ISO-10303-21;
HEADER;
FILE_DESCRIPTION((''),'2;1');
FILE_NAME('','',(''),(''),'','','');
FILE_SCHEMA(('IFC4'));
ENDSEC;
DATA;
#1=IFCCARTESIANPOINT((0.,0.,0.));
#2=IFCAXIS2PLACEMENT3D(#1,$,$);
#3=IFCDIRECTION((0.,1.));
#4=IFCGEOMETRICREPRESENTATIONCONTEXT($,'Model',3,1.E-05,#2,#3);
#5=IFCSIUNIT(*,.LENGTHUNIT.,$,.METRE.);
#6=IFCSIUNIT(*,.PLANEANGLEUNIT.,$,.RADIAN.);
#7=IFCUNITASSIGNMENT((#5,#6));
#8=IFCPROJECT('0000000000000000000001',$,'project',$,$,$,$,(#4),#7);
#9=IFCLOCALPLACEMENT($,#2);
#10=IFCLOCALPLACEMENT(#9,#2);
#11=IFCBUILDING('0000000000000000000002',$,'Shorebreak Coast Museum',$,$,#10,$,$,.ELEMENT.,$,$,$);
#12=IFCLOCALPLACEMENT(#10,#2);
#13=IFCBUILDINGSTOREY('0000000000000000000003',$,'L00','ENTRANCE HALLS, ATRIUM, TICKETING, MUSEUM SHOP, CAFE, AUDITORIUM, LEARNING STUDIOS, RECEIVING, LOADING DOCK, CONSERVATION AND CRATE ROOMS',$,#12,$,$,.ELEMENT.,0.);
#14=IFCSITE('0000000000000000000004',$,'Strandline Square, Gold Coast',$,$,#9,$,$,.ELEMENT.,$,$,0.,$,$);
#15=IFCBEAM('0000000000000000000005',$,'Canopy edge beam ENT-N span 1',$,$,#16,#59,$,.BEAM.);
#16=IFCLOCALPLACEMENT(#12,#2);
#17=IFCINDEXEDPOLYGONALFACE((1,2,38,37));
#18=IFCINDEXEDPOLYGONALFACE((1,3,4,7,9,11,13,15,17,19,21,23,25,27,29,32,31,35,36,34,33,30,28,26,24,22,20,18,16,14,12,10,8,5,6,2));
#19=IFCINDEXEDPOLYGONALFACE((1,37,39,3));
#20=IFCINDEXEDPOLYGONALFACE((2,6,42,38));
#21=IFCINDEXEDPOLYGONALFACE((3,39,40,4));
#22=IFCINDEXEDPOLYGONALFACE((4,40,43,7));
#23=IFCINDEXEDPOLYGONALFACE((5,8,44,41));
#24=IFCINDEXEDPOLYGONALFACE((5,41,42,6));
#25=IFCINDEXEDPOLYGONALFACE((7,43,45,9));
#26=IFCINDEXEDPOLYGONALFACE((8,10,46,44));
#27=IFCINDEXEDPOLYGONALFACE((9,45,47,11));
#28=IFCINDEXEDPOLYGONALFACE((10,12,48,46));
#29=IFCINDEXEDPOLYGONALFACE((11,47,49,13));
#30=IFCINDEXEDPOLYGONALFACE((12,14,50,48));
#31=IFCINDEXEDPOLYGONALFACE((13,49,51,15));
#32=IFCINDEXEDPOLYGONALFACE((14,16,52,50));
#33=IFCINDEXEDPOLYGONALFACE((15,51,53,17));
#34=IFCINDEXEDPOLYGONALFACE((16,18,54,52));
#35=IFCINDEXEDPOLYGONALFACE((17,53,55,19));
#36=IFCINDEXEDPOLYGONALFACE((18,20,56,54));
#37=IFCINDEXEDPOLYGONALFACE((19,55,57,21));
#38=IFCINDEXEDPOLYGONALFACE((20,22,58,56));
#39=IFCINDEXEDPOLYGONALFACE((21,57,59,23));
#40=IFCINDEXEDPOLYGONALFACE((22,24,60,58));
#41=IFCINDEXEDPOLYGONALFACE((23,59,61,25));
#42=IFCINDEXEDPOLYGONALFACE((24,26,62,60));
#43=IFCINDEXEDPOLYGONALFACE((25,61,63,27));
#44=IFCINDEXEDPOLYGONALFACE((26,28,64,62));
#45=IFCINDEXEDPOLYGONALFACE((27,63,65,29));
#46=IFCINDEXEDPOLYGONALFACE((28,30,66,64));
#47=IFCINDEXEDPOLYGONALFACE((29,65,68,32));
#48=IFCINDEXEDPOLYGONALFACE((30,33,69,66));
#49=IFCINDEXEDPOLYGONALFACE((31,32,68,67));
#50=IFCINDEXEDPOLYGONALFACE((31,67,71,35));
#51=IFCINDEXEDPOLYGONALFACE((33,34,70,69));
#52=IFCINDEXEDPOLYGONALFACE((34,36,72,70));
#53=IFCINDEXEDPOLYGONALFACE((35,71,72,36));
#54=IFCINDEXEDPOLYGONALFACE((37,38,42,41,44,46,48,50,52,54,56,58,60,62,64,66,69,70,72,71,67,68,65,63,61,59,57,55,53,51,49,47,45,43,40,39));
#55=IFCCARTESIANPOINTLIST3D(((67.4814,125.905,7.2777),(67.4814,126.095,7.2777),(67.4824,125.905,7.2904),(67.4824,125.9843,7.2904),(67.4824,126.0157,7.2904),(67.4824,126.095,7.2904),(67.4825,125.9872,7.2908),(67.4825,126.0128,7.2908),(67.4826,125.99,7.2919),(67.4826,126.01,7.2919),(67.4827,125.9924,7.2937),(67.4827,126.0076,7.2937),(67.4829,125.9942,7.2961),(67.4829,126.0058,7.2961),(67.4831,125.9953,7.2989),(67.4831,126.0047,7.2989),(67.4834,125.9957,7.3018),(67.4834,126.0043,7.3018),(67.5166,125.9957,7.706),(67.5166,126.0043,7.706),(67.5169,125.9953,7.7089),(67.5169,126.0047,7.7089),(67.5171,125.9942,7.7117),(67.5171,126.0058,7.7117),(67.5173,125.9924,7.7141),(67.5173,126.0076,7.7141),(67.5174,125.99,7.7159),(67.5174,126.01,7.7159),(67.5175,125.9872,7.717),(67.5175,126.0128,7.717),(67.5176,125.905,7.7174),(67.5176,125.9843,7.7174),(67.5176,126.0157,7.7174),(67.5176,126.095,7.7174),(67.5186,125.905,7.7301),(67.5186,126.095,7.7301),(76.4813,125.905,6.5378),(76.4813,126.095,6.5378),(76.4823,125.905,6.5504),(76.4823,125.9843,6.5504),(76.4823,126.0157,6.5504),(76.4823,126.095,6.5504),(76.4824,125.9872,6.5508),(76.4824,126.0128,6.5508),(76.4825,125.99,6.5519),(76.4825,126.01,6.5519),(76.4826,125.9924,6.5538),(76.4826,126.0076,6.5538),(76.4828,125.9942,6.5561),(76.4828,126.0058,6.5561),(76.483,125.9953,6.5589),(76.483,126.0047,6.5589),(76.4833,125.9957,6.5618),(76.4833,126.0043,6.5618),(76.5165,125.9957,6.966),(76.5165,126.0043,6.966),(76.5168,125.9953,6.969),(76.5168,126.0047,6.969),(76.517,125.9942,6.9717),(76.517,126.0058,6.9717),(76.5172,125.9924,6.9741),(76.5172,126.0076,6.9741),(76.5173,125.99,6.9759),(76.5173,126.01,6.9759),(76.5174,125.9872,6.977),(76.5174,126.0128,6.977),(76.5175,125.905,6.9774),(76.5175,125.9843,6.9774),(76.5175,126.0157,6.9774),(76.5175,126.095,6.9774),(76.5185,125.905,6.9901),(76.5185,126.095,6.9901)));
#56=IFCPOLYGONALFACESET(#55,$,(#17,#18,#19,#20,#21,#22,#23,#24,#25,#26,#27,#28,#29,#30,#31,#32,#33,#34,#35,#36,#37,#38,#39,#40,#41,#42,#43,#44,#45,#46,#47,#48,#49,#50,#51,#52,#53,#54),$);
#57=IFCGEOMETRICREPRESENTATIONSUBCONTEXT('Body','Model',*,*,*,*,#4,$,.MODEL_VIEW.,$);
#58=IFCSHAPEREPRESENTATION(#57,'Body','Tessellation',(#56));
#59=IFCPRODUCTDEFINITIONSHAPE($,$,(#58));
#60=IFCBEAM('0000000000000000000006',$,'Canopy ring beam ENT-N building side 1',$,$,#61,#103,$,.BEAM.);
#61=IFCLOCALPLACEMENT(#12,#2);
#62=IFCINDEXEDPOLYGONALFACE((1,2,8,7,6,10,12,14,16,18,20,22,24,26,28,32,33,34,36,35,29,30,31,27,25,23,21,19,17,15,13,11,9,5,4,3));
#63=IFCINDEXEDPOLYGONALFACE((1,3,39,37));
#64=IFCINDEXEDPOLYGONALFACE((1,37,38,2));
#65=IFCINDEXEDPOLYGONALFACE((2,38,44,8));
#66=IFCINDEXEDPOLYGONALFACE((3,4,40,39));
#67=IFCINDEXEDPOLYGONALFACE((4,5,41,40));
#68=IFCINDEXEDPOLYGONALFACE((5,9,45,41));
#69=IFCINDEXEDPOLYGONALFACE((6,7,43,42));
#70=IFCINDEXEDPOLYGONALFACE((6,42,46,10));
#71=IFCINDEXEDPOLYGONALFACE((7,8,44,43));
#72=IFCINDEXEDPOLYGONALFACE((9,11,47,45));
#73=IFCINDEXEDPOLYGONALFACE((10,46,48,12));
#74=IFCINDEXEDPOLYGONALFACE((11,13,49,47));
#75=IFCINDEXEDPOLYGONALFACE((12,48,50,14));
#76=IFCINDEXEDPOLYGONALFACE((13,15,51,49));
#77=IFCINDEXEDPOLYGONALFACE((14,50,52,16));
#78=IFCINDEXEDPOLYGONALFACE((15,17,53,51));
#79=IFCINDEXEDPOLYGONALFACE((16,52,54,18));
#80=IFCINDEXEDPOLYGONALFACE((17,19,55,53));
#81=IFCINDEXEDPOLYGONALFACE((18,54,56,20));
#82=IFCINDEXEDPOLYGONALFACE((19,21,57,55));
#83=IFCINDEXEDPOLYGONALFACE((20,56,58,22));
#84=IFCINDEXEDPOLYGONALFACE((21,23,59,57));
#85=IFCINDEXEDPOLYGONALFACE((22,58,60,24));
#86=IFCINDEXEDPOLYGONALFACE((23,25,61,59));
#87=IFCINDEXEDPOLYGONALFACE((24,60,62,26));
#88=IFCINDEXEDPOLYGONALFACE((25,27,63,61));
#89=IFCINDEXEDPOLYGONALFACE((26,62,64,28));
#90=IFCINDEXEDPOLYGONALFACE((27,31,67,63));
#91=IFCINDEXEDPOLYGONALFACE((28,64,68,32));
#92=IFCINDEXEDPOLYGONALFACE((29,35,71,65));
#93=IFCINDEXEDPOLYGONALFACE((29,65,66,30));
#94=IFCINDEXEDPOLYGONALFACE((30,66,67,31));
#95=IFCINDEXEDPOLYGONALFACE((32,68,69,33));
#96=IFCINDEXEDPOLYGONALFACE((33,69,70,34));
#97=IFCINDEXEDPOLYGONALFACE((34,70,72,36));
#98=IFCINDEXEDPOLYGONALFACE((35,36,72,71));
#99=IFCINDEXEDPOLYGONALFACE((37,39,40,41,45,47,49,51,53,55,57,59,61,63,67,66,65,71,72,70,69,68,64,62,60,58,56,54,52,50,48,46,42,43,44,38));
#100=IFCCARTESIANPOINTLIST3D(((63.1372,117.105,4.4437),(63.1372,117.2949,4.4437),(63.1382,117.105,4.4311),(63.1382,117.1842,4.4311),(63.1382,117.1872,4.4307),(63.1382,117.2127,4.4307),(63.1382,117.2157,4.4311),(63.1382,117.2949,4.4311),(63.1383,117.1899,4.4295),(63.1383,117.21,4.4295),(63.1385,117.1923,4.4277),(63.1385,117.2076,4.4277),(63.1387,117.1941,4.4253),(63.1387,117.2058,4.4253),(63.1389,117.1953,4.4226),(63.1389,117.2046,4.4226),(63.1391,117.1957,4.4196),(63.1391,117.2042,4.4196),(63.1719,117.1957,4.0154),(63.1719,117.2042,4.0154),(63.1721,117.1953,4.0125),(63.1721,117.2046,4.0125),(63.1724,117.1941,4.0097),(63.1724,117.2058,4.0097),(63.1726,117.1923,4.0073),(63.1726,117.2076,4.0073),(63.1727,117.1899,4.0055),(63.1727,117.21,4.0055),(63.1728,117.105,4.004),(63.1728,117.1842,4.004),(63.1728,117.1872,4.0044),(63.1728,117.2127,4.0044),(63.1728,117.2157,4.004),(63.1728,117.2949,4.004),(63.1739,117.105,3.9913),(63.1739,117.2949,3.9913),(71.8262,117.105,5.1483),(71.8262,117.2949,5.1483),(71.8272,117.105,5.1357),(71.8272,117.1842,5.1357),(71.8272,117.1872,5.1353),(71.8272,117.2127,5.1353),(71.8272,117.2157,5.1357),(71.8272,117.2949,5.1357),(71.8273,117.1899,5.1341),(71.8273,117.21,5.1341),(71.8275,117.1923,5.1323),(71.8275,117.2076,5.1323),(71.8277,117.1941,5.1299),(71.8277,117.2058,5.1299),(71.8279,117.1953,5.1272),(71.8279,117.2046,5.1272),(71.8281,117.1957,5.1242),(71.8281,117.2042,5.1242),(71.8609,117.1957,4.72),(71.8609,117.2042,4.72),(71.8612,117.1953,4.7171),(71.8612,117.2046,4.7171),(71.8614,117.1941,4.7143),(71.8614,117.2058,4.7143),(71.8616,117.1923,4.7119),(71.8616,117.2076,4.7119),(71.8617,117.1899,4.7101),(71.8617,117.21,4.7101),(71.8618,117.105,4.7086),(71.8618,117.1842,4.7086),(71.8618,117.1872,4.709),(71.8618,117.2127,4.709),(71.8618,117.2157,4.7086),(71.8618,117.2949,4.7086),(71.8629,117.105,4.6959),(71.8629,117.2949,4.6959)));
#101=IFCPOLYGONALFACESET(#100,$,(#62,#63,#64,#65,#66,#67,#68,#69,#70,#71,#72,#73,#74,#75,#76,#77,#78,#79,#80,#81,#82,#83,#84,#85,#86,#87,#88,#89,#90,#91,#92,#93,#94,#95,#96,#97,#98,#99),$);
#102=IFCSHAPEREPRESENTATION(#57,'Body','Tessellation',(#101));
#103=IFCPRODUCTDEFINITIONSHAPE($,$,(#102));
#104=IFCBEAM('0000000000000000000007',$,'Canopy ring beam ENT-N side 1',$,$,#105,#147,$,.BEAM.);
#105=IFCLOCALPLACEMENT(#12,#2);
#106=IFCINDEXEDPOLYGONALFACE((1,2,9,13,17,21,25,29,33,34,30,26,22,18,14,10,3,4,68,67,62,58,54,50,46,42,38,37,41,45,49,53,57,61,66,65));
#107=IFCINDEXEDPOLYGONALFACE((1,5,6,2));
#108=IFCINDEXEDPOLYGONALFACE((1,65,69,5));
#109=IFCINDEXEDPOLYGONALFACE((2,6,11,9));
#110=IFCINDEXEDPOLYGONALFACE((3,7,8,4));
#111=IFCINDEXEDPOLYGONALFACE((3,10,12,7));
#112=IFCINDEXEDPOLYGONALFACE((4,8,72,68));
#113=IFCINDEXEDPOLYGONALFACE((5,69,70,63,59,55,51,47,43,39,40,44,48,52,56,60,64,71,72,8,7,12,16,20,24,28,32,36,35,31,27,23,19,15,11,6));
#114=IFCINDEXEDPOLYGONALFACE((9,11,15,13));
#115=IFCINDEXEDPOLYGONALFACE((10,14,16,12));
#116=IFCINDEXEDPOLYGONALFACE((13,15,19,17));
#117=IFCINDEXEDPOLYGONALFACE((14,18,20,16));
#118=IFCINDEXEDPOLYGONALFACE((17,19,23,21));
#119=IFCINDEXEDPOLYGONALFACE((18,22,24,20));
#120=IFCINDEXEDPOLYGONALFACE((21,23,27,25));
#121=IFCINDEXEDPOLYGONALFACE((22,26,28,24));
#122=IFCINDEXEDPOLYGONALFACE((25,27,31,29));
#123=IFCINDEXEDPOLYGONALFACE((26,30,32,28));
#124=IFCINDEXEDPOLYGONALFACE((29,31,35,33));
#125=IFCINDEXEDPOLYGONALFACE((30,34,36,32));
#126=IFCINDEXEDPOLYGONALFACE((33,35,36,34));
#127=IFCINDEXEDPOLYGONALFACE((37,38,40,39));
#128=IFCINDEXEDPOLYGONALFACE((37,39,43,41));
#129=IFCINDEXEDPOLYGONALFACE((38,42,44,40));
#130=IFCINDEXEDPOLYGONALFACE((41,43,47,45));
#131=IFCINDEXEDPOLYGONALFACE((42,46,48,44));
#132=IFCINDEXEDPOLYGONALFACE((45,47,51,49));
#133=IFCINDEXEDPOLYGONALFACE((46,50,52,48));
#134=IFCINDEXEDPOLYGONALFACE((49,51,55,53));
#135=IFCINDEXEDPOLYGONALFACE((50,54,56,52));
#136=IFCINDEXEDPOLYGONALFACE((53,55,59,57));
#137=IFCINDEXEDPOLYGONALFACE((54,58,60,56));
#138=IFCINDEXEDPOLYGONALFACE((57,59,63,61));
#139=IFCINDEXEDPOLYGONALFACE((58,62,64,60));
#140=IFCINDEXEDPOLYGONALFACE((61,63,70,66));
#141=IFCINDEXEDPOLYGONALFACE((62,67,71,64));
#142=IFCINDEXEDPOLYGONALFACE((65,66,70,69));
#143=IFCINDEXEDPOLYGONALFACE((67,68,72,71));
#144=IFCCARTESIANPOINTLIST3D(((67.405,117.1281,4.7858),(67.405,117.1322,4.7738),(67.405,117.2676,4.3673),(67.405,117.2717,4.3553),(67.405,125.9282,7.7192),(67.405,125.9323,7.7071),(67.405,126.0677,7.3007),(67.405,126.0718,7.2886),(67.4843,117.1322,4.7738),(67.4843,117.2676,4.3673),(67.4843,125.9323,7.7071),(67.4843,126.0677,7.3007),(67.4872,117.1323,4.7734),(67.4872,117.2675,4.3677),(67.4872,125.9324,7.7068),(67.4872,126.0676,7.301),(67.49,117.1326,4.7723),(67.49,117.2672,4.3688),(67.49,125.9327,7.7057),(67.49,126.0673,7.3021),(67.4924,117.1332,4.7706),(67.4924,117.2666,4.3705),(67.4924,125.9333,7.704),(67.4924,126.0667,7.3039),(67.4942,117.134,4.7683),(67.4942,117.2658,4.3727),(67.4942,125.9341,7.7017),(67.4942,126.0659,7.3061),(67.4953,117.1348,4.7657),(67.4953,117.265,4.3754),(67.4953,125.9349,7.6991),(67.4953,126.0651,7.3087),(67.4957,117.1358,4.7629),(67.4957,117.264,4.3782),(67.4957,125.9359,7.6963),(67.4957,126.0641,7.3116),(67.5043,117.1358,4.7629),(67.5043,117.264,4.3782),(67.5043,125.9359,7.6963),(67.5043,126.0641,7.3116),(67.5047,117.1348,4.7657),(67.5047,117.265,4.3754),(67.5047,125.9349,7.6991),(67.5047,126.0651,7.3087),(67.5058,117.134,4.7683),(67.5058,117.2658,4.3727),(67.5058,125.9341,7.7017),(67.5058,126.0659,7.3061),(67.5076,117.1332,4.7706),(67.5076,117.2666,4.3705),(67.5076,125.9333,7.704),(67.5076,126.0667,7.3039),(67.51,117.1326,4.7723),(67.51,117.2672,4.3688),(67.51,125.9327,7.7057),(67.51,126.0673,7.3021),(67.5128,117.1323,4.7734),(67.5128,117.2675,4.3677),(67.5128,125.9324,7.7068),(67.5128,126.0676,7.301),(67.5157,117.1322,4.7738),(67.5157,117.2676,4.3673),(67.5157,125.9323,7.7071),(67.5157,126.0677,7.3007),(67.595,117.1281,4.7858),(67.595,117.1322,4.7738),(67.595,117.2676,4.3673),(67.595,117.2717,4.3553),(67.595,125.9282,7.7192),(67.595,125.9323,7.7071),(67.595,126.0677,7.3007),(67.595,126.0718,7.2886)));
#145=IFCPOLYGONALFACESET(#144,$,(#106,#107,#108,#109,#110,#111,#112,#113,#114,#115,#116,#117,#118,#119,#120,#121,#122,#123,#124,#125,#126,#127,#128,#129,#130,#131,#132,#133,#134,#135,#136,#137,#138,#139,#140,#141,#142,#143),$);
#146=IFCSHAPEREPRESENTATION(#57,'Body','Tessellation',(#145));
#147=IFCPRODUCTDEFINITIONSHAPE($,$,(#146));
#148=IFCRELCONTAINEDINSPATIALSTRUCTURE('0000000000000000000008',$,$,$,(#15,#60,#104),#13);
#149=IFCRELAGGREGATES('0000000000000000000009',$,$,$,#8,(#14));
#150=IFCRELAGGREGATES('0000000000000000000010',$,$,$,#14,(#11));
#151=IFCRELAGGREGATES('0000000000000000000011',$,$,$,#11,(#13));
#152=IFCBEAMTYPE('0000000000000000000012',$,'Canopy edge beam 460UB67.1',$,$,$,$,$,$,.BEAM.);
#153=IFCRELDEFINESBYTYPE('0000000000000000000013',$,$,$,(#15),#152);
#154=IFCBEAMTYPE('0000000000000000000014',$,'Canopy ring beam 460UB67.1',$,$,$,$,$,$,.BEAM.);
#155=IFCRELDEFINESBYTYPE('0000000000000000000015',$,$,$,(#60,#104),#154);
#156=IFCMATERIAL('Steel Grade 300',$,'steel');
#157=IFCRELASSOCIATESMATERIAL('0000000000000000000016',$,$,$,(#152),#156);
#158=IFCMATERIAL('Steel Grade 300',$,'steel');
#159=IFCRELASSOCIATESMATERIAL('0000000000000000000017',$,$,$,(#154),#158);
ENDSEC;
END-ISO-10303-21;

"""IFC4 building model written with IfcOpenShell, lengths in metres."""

from ifc_helpers import new_model, si_unit, direction, frame, origin, origin_2d, place, context, subcontext, project, spatial, i_section, extrude, material, material_profile, profile_set, type_object, element, save


model = new_model("IFC4")

# Units and contexts
model_context = context("Model", 3, precision=1e-05, world=origin(), true_north=direction((0.0, 1.0)))
body_context = subcontext(model_context, "Body", "Model", "MODEL_VIEW")
ifc_project = project(units=[si_unit("LENGTHUNIT", "METRE"), si_unit("PLANEANGLEUNIT", "RADIAN")], contexts=[model_context])

# Site, building, storey
site_placement = place(None, origin())
site = spatial("IfcSite", under=ifc_project, at=site_placement, Name="Strandline Square, Gold Coast", CompositionType="ELEMENT", RefElevation=0.0)
building_placement = place(site_placement, origin())
building = spatial("IfcBuilding", under=site, at=building_placement, Name="Shorebreak Coast Museum", CompositionType="ELEMENT")
storey_placement = place(building_placement, origin())
storey = spatial("IfcBuildingStorey", under=building, at=storey_placement, Name="L00", Description="ENTRANCE HALLS, ATRIUM, TICKETING, MUSEUM SHOP, CAFE, AUDITORIUM, LEARNING STUDIOS, RECEIVING, LOADING DOCK, CONSERVATION AND CRATE ROOMS", CompositionType="ELEMENT", Elevation=0.0)

# Beams
ifc_material_1 = material(Name="Steel Grade 300", Category="steel")
ifc_material_profile_1 = material_profile(ifc_material_1, i_section(OverallWidth=0.1899, OverallDepth=0.4539, WebThickness=0.0085, FlangeThickness=0.0127, FilletRadius=0.0115, at=origin_2d()), Name="460UB67.1")
ifc_profile_set_1 = profile_set([ifc_material_profile_1], Name="Steel Grade 300")
beam_type_1 = type_object("IfcBeamType", Name="Canopy edge beam 460UB67.1", PredefinedType="BEAM", material=ifc_profile_set_1)
beam_1_placement = place(storey_placement, frame((67.5, 126.0, 7.5039), z_axis=(0.996637, 0.0, -0.081945), x_axis=(0.0, 1.0, 0.0)))
element("IfcBeam", 1, at=beam_1_placement, inside=storey, type_object=beam_type_1, Name="Canopy edge beam ENT-N span 1", PredefinedType="BEAM", context=body_context, shape_type="SweptSolid", body=[
    extrude(i_section(OverallWidth=0.1899, OverallDepth=0.4539, WebThickness=0.0085, FlangeThickness=0.0127, FilletRadius=0.0115, at=origin_2d()), origin(), (0.0, 0.0, 1.0), 9.0303),
])
ifc_material_2 = material(Name="Steel Grade 300", Category="steel")
ifc_material_profile_2 = material_profile(ifc_material_2, i_section(OverallWidth=0.1899, OverallDepth=0.4539, WebThickness=0.0085, FlangeThickness=0.0127, FilletRadius=0.0115, at=origin_2d()), Name="460UB67.1")
ifc_profile_set_2 = profile_set([ifc_material_profile_2], Name="Steel Grade 300")
beam_type_2 = type_object("IfcBeamType", Name="Canopy ring beam 460UB67.1", PredefinedType="BEAM", material=ifc_profile_set_2)
beam_2_placement = place(storey_placement, frame((63.1555, 117.2, 4.2175), z_axis=(0.996728, 0.0, 0.080825), x_axis=(0.0, 1.0, 0.0)))
element("IfcBeam", 2, at=beam_2_placement, inside=storey, type_object=beam_type_2, Name="Canopy ring beam ENT-N building side 1", PredefinedType="BEAM", context=body_context, shape_type="SweptSolid", body=[
    extrude(i_section(OverallWidth=0.1899, OverallDepth=0.4539, WebThickness=0.0085, FlangeThickness=0.0127, FilletRadius=0.0115, at=origin_2d()), origin(), (0.0, 0.0, 1.0), 8.7175),
])
beam_3_placement = place(storey_placement, frame((67.5, 126.0, 7.5039), z_axis=(0.0, -0.948683, -0.316228), x_axis=(1.0, 0.0, 0.0)))
element("IfcBeam", 3, at=beam_3_placement, inside=storey, type_object=beam_type_2, Name="Canopy ring beam ENT-N side 1", PredefinedType="BEAM", context=body_context, shape_type="SweptSolid", body=[
    extrude(i_section(OverallWidth=0.1899, OverallDepth=0.4539, WebThickness=0.0085, FlangeThickness=0.0127, FilletRadius=0.0115, at=origin_2d()), origin(), (0.0, 0.0, 1.0), 9.2761),
])

save(model, "model.ifc")
